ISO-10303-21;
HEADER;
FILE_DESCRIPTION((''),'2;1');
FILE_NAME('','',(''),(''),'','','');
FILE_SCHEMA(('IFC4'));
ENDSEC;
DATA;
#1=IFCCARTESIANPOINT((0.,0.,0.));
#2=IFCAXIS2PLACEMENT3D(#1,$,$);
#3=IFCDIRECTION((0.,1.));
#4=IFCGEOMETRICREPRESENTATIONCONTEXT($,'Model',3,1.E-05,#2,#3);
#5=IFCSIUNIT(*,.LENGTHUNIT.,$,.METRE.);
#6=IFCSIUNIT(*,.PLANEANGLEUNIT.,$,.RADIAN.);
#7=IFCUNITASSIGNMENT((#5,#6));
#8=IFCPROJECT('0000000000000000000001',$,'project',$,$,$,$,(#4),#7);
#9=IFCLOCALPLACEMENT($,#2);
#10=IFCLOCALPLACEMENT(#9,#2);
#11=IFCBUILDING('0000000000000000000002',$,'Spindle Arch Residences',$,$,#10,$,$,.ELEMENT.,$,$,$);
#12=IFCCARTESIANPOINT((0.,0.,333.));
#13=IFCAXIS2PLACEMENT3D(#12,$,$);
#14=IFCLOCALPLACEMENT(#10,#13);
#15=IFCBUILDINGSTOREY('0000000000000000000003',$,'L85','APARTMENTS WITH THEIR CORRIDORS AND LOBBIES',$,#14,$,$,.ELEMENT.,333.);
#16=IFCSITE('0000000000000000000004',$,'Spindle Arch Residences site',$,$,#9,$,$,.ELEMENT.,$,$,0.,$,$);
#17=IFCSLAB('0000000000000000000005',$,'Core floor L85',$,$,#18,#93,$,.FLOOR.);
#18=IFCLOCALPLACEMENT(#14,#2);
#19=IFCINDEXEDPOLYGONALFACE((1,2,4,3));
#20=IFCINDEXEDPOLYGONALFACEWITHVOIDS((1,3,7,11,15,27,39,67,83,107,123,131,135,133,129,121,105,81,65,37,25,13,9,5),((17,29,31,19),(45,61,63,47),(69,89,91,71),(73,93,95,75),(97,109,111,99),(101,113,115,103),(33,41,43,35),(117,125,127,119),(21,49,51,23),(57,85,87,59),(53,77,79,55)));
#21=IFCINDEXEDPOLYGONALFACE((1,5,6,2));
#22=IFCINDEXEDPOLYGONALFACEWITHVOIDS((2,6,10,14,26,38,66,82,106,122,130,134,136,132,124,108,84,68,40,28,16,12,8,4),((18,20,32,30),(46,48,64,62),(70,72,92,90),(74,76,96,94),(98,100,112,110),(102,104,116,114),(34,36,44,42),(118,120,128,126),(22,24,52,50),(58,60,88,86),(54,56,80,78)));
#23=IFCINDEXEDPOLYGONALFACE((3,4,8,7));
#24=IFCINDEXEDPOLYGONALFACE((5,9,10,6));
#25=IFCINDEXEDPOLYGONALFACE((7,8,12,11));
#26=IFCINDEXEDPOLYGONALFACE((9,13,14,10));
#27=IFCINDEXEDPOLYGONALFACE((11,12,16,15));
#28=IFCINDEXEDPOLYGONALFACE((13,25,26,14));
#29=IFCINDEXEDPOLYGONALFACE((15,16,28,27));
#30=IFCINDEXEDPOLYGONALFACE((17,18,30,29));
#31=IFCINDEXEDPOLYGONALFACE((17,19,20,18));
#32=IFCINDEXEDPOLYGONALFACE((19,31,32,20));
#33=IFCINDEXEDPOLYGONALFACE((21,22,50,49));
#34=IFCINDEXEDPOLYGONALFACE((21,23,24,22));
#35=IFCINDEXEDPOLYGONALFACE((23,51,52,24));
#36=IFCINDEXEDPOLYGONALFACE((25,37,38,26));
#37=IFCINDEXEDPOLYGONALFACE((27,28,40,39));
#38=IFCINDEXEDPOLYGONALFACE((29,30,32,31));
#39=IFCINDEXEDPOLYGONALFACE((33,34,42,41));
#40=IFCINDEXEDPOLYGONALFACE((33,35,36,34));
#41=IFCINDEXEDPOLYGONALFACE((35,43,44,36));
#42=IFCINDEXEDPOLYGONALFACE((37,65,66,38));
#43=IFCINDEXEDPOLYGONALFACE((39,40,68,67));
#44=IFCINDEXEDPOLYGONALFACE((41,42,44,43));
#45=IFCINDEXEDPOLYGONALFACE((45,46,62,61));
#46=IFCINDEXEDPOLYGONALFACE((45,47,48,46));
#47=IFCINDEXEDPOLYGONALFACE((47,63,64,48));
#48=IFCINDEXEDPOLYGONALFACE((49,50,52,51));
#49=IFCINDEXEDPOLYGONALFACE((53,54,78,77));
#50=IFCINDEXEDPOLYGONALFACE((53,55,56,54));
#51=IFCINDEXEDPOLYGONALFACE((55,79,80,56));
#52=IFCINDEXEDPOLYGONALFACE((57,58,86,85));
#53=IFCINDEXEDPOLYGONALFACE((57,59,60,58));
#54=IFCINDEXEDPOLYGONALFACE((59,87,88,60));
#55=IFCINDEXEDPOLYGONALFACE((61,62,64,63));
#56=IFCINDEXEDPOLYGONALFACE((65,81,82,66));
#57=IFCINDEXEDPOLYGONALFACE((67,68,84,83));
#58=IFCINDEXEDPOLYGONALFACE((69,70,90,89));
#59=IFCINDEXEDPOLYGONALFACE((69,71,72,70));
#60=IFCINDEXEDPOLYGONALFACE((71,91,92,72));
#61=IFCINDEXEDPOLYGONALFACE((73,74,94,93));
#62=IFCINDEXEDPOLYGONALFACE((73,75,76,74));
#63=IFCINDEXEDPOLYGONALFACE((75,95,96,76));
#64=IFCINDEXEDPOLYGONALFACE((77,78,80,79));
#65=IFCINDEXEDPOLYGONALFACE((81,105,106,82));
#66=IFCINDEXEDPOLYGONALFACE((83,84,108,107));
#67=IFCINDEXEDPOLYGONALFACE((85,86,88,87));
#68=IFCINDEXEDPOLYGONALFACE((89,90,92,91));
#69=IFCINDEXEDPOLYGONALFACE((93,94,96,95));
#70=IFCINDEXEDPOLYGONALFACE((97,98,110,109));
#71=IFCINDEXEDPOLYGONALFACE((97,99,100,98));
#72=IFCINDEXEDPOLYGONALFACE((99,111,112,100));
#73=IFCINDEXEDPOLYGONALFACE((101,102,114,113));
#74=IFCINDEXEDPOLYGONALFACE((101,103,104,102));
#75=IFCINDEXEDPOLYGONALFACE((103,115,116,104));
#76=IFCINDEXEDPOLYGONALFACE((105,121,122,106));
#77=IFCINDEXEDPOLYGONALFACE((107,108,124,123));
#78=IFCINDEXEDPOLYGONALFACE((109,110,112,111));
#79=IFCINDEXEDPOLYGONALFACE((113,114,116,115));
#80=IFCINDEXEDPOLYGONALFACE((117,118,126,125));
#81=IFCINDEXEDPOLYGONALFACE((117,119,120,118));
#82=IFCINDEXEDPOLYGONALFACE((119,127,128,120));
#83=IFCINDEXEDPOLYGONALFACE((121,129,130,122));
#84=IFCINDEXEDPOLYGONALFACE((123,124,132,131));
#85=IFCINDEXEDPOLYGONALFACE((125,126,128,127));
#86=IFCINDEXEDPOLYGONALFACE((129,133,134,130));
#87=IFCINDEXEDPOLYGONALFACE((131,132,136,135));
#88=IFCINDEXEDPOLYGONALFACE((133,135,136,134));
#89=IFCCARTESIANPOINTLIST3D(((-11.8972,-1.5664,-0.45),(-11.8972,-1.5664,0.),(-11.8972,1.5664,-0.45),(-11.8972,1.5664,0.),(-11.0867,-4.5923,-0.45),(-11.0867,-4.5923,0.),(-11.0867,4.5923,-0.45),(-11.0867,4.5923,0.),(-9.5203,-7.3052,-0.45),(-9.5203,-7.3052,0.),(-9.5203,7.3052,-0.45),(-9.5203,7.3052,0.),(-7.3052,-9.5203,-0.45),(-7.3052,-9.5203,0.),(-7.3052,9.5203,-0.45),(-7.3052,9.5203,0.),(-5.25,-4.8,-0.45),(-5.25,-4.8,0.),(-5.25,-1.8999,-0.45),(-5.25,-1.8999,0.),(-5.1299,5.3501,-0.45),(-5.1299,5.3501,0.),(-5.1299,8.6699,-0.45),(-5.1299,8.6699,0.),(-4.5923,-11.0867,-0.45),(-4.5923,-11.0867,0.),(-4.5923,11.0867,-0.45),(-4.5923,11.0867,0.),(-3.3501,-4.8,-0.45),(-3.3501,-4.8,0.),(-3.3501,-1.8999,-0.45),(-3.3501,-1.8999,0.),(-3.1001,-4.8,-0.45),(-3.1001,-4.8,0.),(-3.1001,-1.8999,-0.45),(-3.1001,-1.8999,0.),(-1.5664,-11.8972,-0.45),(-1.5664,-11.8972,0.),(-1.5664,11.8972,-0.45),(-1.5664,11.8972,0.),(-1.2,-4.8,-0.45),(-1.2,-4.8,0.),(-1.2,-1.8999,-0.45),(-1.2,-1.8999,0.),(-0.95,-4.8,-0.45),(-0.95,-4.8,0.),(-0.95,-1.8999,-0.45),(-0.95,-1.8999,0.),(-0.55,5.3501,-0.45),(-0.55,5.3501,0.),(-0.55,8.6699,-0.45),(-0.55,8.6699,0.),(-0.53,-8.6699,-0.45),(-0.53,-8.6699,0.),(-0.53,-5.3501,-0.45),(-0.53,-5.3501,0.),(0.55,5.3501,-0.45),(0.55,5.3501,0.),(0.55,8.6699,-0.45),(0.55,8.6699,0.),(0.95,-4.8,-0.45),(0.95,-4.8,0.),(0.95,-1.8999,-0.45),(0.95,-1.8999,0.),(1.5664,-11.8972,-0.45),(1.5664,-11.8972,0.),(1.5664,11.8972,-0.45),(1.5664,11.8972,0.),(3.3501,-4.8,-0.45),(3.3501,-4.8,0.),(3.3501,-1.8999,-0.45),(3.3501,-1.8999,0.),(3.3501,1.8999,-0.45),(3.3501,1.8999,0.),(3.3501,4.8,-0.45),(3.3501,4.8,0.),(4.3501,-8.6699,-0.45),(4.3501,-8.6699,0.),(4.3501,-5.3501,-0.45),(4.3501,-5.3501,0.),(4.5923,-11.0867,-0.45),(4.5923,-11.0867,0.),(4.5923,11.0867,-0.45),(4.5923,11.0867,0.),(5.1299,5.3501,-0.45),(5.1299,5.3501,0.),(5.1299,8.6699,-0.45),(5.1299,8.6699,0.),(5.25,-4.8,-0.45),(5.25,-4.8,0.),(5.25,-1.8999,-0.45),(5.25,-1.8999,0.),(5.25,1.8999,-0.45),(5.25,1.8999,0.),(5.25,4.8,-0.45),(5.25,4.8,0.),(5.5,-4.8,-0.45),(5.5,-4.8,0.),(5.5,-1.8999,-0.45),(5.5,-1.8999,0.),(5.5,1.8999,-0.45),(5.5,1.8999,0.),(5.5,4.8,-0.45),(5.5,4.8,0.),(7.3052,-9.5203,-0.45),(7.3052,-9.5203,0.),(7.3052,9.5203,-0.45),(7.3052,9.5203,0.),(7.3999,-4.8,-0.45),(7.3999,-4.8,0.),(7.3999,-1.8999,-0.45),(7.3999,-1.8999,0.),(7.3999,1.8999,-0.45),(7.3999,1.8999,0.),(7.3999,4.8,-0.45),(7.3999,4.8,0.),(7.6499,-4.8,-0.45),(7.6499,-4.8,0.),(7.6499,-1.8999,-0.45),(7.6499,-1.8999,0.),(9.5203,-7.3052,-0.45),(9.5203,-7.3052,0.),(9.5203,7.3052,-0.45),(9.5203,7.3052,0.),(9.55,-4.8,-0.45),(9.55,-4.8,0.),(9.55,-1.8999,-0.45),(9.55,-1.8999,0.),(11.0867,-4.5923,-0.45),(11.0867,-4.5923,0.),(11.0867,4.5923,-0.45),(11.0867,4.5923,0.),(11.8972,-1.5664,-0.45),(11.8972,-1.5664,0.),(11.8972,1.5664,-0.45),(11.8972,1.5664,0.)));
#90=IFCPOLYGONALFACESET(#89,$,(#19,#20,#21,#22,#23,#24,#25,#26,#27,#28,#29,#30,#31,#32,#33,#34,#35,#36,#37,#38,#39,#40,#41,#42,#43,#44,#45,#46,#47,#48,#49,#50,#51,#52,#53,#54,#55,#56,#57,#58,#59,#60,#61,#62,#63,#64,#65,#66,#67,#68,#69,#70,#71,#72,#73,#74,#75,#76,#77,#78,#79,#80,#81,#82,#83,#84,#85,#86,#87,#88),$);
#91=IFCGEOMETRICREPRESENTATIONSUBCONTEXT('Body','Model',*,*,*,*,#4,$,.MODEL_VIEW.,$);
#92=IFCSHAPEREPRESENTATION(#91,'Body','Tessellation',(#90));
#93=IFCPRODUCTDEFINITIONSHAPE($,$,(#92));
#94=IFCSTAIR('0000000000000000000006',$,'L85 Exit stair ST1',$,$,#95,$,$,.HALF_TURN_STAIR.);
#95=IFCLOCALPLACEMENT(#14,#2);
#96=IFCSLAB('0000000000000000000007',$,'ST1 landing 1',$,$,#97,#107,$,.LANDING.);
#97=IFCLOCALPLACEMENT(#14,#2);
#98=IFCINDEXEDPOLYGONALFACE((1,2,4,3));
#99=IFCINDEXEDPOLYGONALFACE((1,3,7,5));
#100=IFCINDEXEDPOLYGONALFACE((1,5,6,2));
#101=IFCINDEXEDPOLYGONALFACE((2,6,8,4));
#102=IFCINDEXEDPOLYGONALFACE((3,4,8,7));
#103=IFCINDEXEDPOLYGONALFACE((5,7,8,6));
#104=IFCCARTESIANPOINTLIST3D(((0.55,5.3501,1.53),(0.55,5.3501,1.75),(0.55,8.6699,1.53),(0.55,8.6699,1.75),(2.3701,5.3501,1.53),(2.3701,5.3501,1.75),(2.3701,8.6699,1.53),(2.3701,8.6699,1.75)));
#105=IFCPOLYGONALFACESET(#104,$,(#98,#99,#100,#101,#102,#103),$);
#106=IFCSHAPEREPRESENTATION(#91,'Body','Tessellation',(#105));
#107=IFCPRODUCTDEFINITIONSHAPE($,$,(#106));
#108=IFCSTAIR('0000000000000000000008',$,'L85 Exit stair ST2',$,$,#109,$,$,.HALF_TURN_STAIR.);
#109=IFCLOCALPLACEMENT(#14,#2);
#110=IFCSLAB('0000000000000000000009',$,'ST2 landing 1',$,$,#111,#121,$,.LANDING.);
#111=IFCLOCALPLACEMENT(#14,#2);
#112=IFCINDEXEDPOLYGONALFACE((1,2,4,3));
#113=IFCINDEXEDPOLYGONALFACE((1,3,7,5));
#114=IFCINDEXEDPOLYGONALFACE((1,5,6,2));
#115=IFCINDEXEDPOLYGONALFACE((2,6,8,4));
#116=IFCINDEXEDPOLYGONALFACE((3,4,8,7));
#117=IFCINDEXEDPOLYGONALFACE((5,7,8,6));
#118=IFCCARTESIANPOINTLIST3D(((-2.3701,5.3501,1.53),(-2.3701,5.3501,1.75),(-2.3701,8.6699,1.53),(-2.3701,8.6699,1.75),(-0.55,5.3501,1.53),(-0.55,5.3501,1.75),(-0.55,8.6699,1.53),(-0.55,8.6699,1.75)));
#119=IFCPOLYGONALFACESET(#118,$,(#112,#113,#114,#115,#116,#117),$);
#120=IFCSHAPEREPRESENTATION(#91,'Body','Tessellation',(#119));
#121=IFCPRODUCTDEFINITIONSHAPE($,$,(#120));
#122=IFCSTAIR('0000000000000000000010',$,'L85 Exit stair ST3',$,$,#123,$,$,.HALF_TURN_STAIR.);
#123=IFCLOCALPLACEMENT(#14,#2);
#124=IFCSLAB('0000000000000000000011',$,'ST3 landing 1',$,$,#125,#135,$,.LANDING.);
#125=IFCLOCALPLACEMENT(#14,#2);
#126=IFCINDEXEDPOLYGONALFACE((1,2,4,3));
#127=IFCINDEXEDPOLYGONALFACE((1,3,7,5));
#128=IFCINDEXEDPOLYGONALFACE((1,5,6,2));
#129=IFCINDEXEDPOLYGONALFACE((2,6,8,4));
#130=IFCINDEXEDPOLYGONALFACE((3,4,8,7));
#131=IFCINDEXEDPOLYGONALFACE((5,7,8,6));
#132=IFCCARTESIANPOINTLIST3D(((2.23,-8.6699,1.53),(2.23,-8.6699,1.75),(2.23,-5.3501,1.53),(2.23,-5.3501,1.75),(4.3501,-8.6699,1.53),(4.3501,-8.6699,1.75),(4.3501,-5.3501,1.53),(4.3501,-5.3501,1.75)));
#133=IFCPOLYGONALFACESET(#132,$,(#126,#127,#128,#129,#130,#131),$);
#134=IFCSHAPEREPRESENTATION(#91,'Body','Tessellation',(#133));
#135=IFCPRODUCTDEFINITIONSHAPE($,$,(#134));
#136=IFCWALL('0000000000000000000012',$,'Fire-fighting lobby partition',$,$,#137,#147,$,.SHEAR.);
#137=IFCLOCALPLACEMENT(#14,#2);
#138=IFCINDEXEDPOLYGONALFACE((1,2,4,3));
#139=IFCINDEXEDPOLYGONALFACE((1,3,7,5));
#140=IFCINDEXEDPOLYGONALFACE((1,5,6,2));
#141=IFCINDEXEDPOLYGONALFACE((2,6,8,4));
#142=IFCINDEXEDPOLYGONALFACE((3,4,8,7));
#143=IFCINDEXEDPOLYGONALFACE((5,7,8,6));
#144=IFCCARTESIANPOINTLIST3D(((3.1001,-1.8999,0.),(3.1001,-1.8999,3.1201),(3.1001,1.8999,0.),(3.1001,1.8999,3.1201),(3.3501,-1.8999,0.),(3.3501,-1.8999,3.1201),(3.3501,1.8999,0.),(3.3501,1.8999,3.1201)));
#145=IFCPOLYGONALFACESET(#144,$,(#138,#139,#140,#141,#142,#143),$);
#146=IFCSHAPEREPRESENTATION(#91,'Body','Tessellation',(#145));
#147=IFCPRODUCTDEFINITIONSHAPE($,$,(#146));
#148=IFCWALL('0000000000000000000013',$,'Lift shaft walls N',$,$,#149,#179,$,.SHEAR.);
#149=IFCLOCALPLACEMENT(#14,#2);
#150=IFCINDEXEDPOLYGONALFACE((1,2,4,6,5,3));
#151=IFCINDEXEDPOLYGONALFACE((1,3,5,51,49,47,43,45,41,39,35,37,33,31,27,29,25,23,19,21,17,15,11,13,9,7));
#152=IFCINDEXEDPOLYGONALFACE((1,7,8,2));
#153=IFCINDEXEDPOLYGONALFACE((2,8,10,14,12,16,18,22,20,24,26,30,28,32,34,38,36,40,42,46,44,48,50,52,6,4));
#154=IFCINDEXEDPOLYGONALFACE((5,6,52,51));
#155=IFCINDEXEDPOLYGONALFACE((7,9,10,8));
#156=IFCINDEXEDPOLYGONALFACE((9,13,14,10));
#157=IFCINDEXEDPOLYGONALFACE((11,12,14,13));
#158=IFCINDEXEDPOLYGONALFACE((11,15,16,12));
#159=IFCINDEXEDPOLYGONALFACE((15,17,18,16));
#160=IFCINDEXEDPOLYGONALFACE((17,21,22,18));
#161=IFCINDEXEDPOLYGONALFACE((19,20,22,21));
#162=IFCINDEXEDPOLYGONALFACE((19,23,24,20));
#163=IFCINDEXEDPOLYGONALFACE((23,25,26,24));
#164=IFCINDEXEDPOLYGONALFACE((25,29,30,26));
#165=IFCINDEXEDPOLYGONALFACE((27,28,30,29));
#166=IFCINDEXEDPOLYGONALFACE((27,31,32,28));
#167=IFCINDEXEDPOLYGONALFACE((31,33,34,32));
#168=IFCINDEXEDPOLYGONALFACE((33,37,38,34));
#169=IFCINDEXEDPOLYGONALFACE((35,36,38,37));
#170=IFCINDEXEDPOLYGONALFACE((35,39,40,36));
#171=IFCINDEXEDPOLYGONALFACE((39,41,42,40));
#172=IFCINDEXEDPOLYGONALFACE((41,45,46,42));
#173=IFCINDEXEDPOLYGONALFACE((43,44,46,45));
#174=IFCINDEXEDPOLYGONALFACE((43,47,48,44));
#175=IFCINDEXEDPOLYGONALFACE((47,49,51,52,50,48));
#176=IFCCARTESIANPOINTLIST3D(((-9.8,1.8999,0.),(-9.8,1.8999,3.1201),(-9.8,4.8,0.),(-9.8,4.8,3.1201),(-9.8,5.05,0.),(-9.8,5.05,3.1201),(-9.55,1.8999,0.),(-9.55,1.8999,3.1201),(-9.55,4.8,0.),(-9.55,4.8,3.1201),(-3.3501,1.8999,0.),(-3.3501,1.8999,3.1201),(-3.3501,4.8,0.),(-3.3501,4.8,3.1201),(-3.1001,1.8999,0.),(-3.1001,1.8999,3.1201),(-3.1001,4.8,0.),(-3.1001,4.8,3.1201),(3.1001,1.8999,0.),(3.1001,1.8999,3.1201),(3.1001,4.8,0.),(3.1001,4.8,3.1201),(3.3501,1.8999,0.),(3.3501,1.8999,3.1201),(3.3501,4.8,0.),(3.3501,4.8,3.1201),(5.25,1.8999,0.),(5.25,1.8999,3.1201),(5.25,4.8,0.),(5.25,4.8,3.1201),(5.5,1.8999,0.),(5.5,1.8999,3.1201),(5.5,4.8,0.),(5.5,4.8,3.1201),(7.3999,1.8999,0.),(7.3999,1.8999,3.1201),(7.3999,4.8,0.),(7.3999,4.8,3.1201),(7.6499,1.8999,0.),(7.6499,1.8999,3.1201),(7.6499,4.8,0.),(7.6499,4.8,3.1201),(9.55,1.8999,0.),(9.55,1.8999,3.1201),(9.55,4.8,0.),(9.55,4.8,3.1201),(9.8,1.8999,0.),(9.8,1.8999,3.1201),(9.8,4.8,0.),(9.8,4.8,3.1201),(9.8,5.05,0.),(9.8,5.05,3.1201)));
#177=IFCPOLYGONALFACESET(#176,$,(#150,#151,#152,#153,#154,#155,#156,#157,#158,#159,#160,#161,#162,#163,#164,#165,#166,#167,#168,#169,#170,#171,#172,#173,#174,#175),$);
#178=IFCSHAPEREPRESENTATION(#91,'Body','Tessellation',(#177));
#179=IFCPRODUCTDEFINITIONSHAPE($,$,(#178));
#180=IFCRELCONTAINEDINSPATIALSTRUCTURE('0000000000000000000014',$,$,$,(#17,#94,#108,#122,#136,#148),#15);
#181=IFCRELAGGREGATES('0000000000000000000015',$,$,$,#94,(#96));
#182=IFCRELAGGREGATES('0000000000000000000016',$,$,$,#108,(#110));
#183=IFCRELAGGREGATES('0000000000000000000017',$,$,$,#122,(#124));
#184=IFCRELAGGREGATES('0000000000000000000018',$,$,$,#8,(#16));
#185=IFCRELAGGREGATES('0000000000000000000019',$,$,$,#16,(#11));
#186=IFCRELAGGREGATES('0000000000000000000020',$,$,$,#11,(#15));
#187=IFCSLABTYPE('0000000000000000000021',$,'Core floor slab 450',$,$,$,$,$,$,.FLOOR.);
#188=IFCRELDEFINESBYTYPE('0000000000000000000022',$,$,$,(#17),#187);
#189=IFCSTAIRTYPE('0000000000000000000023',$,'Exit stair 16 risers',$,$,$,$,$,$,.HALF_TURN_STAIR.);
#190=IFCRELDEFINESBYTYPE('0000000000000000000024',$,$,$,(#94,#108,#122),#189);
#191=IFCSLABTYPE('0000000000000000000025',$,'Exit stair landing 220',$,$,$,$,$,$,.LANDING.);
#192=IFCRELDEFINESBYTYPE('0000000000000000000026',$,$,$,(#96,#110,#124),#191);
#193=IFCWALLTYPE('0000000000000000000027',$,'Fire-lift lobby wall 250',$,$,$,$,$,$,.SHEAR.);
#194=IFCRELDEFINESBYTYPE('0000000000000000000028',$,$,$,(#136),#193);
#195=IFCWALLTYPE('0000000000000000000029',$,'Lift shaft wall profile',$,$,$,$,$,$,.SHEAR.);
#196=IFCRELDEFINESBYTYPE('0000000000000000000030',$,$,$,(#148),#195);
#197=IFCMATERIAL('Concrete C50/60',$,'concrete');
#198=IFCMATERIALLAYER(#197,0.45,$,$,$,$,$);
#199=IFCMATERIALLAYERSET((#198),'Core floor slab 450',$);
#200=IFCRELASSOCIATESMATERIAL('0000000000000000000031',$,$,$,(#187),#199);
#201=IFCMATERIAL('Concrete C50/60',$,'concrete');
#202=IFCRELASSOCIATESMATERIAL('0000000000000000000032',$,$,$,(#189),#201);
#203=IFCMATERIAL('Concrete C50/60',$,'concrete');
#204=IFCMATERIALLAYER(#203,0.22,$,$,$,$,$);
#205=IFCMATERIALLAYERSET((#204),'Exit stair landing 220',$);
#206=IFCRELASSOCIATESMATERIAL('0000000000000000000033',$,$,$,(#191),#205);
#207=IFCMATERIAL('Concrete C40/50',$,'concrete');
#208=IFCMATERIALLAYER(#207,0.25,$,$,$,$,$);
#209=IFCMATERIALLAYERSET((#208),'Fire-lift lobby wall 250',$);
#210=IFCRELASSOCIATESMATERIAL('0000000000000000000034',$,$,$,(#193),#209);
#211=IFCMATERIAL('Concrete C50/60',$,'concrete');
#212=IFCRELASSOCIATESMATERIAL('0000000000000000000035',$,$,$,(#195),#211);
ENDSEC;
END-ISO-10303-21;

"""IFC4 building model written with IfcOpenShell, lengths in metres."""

from ifc_helpers import new_model, si_unit, direction, frame, frame_2d, origin, place, context, subcontext, project, spatial, polyline, rectangle, outline, extrude, material, layer, layer_set, type_object, element, aggregate, save


model = new_model("IFC4")

# Units and contexts
model_context = context("Model", 3, precision=1e-05, world=origin(), true_north=direction((0.0, 1.0)))
body_context = subcontext(model_context, "Body", "Model", "MODEL_VIEW")
ifc_project = project(units=[si_unit("LENGTHUNIT", "METRE"), si_unit("PLANEANGLEUNIT", "RADIAN")], contexts=[model_context])

# Site, building, storey
site_placement = place(None, origin())
site = spatial("IfcSite", under=ifc_project, at=site_placement, Name="Spindle Arch Residences site", CompositionType="ELEMENT", RefElevation=0.0)
building_placement = place(site_placement, origin())
building = spatial("IfcBuilding", under=site, at=building_placement, Name="Spindle Arch Residences", CompositionType="ELEMENT")
storey_placement = place(building_placement, frame((0.0, 0.0, 333.0)))
storey = spatial("IfcBuildingStorey", under=building, at=storey_placement, Name="L85", Description="APARTMENTS WITH THEIR CORRIDORS AND LOBBIES", CompositionType="ELEMENT", Elevation=333.0)

# Slab
ifc_material_1 = material(Name="Concrete C50/60", Category="concrete")
ifc_layer_1 = layer(ifc_material_1, 0.45)
ifc_layer_set_1 = layer_set([ifc_layer_1], Name="Core floor slab 450")
slab_type_1 = type_object("IfcSlabType", Name="Core floor slab 450", PredefinedType="FLOOR", material=ifc_layer_set_1)
slab_1_placement = place(storey_placement, frame((0.0, 0.0, -0.45)))
element("IfcSlab", 1, at=slab_1_placement, inside=storey, type_object=slab_type_1, Name="Core floor L85", PredefinedType="FLOOR", context=body_context, shape_type="SweptSolid", body=[
    extrude(outline(polyline([(1.5664, -11.8972), (4.5923, -11.0867), (7.3052, -9.5203), (9.5203, -7.3052), (11.0867, -4.5923), (11.8972, -1.5664), (11.8972, 1.5664), (11.0867, 4.5923), (9.5203, 7.3052), (7.3052, 9.5203), (4.5923, 11.0867), (1.5664, 11.8972), (-1.5664, 11.8972), (-4.5923, 11.0867), (-7.3052, 9.5203), (-9.5203, 7.3052), (-11.0867, 4.5923), (-11.8972, 1.5664), (-11.8972, -1.5664), (-11.0867, -4.5923), (-9.5203, -7.3052), (-7.3052, -9.5203), (-4.5923, -11.0867), (-1.5664, -11.8972), (1.5664, -11.8972)]), holes=[polyline([(3.3501, 1.8999), (5.25, 1.8999), (5.25, 4.8), (3.3501, 4.8), (3.3501, 1.8999)]), polyline([(5.5, 1.8999), (7.3999, 1.8999), (7.3999, 4.8), (5.5, 4.8), (5.5, 1.8999)]), polyline([(-5.25, -4.8), (-3.3501, -4.8), (-3.3501, -1.8999), (-5.25, -1.8999), (-5.25, -4.8)]), polyline([(-3.1001, -4.8), (-1.2, -4.8), (-1.2, -1.8999), (-3.1001, -1.8999), (-3.1001, -4.8)]), polyline([(-0.95, -4.8), (0.95, -4.8), (0.95, -1.8999), (-0.95, -1.8999), (-0.95, -4.8)]), polyline([(3.3501, -4.8), (5.25, -4.8), (5.25, -1.8999), (3.3501, -1.8999), (3.3501, -4.8)]), polyline([(5.5, -4.8), (7.3999, -4.8), (7.3999, -1.8999), (5.5, -1.8999), (5.5, -4.8)]), polyline([(7.6499, -4.8), (9.55, -4.8), (9.55, -1.8999), (7.6499, -1.8999), (7.6499, -4.8)]), polyline([(5.1299, 8.6699), (0.55, 8.6699), (0.55, 5.3501), (5.1299, 5.3501), (5.1299, 8.6699)]), polyline([(-5.1299, 5.3501), (-0.55, 5.3501), (-0.55, 8.6699), (-5.1299, 8.6699), (-5.1299, 5.3501)]), polyline([(-0.53, -8.6699), (4.3501, -8.6699), (4.3501, -5.3501), (-0.53, -5.3501), (-0.53, -8.6699)])]), origin(), (0.0, 0.0, 1.0), 0.45),
])

# Stairs, slabs
ifc_material_2 = material(Name="Concrete C50/60", Category="concrete")
stair_type = type_object("IfcStairType", Name="Exit stair 16 risers", PredefinedType="HALF_TURN_STAIR", material=ifc_material_2)
stair_1_placement = place(storey_placement, origin())
stair_1 = element("IfcStair", 2, at=stair_1_placement, inside=storey, type_object=stair_type, Name="L85 Exit stair ST1", PredefinedType="HALF_TURN_STAIR")
ifc_material_3 = material(Name="Concrete C50/60", Category="concrete")
ifc_layer_2 = layer(ifc_material_3, 0.22)
ifc_layer_set_2 = layer_set([ifc_layer_2], Name="Exit stair landing 220")
slab_type_2 = type_object("IfcSlabType", Name="Exit stair landing 220", PredefinedType="LANDING", material=ifc_layer_set_2)
slab_2_placement = place(storey_placement, frame((0.0, 0.0, 1.53)))
slab_2 = element("IfcSlab", 3, at=slab_2_placement, type_object=slab_type_2, Name="ST1 landing 1", PredefinedType="LANDING", context=body_context, shape_type="SweptSolid", body=[
    extrude(outline(polyline([(2.3701, 8.6699), (0.55, 8.6699), (0.55, 5.3501), (2.3701, 5.3501), (2.3701, 8.6699)])), origin(), (0.0, 0.0, 1.0), 0.22),
])
aggregate(stair_1, [slab_2])
stair_2_placement = place(storey_placement, origin())
stair_2 = element("IfcStair", 4, at=stair_2_placement, inside=storey, type_object=stair_type, Name="L85 Exit stair ST2", PredefinedType="HALF_TURN_STAIR")
slab_3_placement = place(storey_placement, frame((0.0, 0.0, 1.53)))
slab_3 = element("IfcSlab", 5, at=slab_3_placement, type_object=slab_type_2, Name="ST2 landing 1", PredefinedType="LANDING", context=body_context, shape_type="SweptSolid", body=[
    extrude(outline(polyline([(-2.3701, 5.3501), (-0.55, 5.3501), (-0.55, 8.6699), (-2.3701, 8.6699), (-2.3701, 5.3501)])), origin(), (0.0, 0.0, 1.0), 0.22),
])
aggregate(stair_2, [slab_3])
stair_3_placement = place(storey_placement, origin())
stair_3 = element("IfcStair", 6, at=stair_3_placement, inside=storey, type_object=stair_type, Name="L85 Exit stair ST3", PredefinedType="HALF_TURN_STAIR")
slab_4_placement = place(storey_placement, frame((0.0, 0.0, 1.53)))
slab_4 = element("IfcSlab", 7, at=slab_4_placement, type_object=slab_type_2, Name="ST3 landing 1", PredefinedType="LANDING", context=body_context, shape_type="SweptSolid", body=[
    extrude(outline(polyline([(2.23, -8.6699), (4.3501, -8.6699), (4.3501, -5.3501), (2.23, -5.3501), (2.23, -8.6699)])), origin(), (0.0, 0.0, 1.0), 0.22),
])

# Walls
ifc_material_4 = material(Name="Concrete C40/50", Category="concrete")
ifc_layer_3 = layer(ifc_material_4, 0.25)
ifc_layer_set_3 = layer_set([ifc_layer_3], Name="Fire-lift lobby wall 250")
wall_type_1 = type_object("IfcWallType", Name="Fire-lift lobby wall 250", PredefinedType="SHEAR", material=ifc_layer_set_3)
wall_1_placement = place(storey_placement, frame((3.2251, -1.8999, 0.0), z_axis=(0.0, 0.0, 1.0), x_axis=(0.0, 1.0, 0.0)))
element("IfcWall", 8, at=wall_1_placement, inside=storey, type_object=wall_type_1, Name="Fire-fighting lobby partition", PredefinedType="SHEAR", context=body_context, shape_type="SweptSolid", body=[
    extrude(rectangle(XDim=3.7998, YDim=0.25, at=frame_2d((1.8999, 0.0))), origin(), (0.0, 0.0, 1.0), 3.1201),
])
ifc_material_5 = material(Name="Concrete C50/60", Category="concrete")
wall_type_2 = type_object("IfcWallType", Name="Lift shaft wall profile", PredefinedType="SHEAR", material=ifc_material_5)
wall_2_placement = place(storey_placement, origin())
element("IfcWall", 9, at=wall_2_placement, inside=storey, type_object=wall_type_2, Name="Lift shaft walls N", PredefinedType="SHEAR", context=body_context, shape_type="SweptSolid", body=[
    extrude(outline(polyline([(-9.8, 1.8999), (-9.55, 1.8999), (-9.55, 4.8), (-3.3501, 4.8), (-3.3501, 1.8999), (-3.1001, 1.8999), (-3.1001, 4.8), (3.1001, 4.8), (3.1001, 1.8999), (3.3501, 1.8999), (3.3501, 4.8), (5.25, 4.8), (5.25, 1.8999), (5.5, 1.8999), (5.5, 4.8), (7.3999, 4.8), (7.3999, 1.8999), (7.6499, 1.8999), (7.6499, 4.8), (9.55, 4.8), (9.55, 1.8999), (9.8, 1.8999), (9.8, 4.8), (9.8, 5.05), (-9.8, 5.05), (-9.8, 4.8), (-9.8, 1.8999)])), origin(), (0.0, 0.0, 1.0), 3.1201),
])

aggregate(stair_3, [slab_4])

save(model, "model.ifc")
